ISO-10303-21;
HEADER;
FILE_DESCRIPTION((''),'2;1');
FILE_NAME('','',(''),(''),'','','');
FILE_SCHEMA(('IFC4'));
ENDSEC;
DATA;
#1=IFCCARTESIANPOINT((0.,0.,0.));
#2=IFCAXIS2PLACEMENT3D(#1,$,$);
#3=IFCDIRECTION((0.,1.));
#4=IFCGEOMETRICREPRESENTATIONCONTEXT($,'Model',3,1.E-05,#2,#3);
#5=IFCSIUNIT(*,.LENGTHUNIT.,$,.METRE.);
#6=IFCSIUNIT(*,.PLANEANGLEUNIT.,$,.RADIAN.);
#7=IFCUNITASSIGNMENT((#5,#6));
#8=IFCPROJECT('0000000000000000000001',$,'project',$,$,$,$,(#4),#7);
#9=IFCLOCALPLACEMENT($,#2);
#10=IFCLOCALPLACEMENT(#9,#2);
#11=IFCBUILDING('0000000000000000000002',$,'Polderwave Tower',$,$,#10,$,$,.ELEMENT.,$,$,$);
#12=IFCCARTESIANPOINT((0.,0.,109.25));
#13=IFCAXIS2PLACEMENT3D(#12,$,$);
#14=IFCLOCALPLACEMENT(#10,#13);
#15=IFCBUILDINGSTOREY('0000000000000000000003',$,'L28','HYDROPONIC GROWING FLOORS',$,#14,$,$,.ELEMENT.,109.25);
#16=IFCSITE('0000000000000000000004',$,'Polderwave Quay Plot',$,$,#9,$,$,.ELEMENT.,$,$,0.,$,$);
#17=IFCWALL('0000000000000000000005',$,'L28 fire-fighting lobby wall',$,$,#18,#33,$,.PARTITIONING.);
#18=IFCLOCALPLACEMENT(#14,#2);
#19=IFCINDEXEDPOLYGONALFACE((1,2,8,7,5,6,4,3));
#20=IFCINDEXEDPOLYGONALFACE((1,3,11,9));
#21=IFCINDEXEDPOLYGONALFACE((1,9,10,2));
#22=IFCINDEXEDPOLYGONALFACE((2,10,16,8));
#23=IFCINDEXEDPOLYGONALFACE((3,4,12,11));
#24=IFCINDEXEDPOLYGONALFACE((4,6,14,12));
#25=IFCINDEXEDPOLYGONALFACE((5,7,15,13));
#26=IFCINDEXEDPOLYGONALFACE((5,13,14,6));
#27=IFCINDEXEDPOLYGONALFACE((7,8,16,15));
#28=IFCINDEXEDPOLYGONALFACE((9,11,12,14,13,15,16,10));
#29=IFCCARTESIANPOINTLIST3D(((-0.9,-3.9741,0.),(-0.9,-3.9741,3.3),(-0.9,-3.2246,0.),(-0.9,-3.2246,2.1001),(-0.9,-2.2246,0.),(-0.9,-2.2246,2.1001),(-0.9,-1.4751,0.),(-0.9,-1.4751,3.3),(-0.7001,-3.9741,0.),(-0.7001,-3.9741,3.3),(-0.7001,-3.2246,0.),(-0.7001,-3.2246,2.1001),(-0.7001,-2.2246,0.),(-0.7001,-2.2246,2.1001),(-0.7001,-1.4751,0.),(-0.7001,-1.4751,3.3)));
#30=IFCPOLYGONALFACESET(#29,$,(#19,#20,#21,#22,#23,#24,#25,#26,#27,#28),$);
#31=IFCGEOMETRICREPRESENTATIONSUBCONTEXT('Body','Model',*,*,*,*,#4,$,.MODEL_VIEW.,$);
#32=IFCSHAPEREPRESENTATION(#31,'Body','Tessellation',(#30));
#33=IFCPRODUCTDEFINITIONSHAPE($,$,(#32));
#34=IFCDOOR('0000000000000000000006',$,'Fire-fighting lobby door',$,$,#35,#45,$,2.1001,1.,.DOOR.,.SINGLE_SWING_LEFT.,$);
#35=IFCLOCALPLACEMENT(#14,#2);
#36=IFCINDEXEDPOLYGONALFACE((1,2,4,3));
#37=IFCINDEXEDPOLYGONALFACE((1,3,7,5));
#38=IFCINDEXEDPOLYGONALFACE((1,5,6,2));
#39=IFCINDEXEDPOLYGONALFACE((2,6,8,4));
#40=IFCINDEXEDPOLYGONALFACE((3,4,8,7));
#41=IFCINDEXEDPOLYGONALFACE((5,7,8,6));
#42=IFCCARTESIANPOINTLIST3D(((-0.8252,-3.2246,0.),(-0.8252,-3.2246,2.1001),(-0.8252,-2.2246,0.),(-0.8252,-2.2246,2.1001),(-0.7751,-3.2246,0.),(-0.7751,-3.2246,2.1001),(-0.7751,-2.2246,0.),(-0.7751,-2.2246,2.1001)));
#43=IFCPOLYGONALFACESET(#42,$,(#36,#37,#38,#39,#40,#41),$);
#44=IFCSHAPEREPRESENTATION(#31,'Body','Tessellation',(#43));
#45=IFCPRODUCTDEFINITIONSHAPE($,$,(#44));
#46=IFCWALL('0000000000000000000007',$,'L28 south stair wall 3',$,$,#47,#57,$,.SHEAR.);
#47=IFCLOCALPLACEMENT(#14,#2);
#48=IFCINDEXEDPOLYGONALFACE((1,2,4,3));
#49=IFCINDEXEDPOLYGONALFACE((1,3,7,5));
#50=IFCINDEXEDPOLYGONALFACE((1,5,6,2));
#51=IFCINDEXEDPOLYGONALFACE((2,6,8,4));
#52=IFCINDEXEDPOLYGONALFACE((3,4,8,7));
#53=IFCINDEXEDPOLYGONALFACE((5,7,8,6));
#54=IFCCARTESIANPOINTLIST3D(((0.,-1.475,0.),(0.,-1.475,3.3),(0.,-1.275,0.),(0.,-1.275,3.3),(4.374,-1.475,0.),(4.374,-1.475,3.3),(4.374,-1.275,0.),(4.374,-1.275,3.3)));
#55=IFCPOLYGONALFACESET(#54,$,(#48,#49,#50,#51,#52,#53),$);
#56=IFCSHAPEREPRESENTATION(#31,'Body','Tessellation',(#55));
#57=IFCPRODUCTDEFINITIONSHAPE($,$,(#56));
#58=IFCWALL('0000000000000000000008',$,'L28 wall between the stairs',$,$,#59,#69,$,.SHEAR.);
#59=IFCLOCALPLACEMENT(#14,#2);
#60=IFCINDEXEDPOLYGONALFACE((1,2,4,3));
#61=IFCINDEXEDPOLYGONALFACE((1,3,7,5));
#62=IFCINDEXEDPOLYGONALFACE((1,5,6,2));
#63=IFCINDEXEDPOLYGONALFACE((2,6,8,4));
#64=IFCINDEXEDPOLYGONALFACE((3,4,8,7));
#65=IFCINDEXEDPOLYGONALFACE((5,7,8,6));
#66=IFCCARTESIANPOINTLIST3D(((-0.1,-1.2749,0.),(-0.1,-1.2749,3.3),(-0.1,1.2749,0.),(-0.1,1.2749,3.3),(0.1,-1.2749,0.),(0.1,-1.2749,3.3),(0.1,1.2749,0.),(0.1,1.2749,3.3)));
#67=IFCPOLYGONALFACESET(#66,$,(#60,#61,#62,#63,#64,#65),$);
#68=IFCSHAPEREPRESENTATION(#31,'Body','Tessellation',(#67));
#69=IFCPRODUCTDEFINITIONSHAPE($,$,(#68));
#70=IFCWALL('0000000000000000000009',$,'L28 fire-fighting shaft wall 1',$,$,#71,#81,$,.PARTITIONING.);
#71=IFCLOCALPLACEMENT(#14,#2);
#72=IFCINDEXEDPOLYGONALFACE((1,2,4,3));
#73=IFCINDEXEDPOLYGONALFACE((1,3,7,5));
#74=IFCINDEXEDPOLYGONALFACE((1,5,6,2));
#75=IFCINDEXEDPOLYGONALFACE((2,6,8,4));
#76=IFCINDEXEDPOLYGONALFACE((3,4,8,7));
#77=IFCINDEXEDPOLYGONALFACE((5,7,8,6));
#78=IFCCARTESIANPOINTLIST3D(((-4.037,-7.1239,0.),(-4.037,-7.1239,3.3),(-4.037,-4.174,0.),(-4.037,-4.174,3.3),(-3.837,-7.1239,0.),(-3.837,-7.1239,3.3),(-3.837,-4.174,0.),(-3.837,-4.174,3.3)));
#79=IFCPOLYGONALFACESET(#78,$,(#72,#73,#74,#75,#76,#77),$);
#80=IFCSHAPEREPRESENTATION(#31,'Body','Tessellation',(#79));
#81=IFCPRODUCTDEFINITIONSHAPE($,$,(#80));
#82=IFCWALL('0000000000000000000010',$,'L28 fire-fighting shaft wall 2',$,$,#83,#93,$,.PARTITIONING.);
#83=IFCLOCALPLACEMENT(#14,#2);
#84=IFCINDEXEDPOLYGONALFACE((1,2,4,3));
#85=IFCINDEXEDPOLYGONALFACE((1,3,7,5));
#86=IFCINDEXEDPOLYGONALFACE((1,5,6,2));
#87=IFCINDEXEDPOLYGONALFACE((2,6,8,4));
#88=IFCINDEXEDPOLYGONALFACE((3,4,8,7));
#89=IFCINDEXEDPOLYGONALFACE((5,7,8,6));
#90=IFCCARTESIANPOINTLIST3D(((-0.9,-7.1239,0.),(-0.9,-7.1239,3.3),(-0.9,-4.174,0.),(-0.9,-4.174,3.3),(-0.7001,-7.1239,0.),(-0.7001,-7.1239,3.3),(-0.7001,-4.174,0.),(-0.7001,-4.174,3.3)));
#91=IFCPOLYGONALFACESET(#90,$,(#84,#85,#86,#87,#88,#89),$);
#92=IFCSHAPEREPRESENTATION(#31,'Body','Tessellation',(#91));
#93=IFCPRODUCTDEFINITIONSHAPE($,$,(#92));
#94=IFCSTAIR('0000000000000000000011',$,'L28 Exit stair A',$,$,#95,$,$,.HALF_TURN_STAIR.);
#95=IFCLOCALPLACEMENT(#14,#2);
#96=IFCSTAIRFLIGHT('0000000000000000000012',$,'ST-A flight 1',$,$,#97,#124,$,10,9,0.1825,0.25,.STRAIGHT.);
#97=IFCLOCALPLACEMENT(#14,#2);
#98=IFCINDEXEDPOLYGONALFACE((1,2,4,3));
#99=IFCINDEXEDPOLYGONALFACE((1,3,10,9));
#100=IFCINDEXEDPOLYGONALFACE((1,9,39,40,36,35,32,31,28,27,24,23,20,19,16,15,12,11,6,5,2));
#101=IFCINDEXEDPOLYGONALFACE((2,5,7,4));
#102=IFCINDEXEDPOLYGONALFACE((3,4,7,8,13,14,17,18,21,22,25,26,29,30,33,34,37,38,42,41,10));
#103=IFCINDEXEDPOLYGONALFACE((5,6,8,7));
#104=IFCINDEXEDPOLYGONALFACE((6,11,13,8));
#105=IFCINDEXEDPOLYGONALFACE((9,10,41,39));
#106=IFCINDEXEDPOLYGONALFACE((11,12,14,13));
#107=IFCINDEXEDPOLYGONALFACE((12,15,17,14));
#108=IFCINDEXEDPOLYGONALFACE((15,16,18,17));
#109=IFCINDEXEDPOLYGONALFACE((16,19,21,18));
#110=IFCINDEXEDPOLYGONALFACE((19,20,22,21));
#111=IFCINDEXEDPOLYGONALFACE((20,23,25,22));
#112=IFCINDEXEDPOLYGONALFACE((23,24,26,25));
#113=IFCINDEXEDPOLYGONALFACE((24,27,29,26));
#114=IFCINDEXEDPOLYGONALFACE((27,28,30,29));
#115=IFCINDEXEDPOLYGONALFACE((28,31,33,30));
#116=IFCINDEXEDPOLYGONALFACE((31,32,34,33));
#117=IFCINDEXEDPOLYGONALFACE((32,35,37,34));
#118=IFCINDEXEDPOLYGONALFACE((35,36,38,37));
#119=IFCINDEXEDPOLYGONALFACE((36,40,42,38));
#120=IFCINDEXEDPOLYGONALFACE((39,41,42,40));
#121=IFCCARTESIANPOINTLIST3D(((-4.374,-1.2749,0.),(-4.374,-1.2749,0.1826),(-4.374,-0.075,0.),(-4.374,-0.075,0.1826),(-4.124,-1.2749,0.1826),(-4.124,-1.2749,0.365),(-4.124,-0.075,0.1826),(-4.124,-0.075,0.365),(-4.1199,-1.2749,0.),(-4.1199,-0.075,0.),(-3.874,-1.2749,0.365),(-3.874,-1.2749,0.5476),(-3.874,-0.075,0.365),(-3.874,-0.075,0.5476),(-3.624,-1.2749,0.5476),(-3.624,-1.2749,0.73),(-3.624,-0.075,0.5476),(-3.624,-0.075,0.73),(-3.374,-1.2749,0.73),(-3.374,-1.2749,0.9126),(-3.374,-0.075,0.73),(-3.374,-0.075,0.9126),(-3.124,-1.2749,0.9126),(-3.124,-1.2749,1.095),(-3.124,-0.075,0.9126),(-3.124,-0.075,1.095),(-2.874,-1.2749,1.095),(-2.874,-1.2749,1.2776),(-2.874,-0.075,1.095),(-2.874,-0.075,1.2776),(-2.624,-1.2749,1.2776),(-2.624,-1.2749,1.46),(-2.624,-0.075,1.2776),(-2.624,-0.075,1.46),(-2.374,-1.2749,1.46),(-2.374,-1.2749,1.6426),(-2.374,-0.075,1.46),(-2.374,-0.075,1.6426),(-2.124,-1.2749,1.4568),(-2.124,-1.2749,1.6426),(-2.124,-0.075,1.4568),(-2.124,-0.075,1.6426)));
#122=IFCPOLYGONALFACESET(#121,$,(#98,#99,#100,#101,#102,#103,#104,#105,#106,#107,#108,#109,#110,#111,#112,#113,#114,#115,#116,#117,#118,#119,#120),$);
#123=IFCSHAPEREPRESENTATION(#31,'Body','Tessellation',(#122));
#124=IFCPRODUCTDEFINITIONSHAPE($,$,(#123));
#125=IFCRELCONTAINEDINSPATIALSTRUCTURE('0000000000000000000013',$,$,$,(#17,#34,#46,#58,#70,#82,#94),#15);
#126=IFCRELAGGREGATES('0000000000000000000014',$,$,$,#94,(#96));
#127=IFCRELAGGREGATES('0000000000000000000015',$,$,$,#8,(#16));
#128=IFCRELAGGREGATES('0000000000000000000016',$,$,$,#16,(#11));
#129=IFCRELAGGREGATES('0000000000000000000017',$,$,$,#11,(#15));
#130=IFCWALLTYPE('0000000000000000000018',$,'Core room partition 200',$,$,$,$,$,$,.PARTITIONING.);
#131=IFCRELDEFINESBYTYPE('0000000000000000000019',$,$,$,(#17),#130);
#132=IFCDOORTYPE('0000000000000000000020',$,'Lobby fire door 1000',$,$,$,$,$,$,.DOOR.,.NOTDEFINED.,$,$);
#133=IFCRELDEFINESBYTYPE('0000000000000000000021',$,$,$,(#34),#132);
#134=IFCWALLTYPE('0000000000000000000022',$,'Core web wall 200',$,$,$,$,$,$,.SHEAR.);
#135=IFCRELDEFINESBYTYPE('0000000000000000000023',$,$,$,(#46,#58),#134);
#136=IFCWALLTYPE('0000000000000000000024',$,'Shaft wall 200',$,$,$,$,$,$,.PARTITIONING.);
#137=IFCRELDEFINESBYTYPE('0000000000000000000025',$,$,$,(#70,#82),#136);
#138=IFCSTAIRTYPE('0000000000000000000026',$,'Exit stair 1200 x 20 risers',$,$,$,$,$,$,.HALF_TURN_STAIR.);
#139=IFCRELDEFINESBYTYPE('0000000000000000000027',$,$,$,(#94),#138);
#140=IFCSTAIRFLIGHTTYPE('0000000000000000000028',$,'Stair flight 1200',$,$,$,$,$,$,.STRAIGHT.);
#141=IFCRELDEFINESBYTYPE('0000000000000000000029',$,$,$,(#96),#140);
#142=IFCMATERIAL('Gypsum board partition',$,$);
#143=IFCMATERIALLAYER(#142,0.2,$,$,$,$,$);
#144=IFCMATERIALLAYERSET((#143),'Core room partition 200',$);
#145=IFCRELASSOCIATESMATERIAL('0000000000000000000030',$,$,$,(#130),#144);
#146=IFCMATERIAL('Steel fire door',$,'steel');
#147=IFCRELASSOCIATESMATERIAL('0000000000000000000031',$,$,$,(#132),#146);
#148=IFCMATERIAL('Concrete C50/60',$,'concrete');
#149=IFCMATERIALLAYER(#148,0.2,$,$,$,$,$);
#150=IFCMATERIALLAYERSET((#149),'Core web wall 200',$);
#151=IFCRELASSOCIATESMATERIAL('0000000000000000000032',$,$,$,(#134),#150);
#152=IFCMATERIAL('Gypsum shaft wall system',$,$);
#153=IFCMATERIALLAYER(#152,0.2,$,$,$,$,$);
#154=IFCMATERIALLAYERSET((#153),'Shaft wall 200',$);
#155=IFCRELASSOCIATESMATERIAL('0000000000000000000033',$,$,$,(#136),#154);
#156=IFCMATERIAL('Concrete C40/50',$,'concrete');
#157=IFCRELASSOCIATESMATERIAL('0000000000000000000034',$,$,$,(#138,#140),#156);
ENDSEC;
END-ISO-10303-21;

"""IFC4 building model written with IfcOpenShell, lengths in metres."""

from ifc_helpers import new_model, si_unit, direction, frame, frame_2d, origin, place, context, subcontext, project, spatial, polyline, rectangle, outline, extrude, material, layer, layer_set, type_object, element, fill, aggregate, save


model = new_model("IFC4")

# Units and contexts
model_context = context("Model", 3, precision=1e-05, world=origin(), true_north=direction((0.0, 1.0)))
body_context = subcontext(model_context, "Body", "Model", "MODEL_VIEW")
ifc_project = project(units=[si_unit("LENGTHUNIT", "METRE"), si_unit("PLANEANGLEUNIT", "RADIAN")], contexts=[model_context])

# Site, building, storey
site_placement = place(None, origin())
site = spatial("IfcSite", under=ifc_project, at=site_placement, Name="Polderwave Quay Plot", CompositionType="ELEMENT", RefElevation=0.0)
building_placement = place(site_placement, origin())
building = spatial("IfcBuilding", under=site, at=building_placement, Name="Polderwave Tower", CompositionType="ELEMENT")
storey_placement = place(building_placement, frame((0.0, 0.0, 109.25)))
storey = spatial("IfcBuildingStorey", under=building, at=storey_placement, Name="L28", Description="HYDROPONIC GROWING FLOORS", CompositionType="ELEMENT", Elevation=109.25)

# Wall, opening, door
ifc_material_1 = material(Name="Gypsum board partition")
ifc_layer_1 = layer(ifc_material_1, 0.2)
ifc_layer_set_1 = layer_set([ifc_layer_1], Name="Core room partition 200")
wall_type_1 = type_object("IfcWallType", Name="Core room partition 200", PredefinedType="PARTITIONING", material=ifc_layer_set_1)
wall_1_placement = place(storey_placement, frame((-0.8, -3.9741, 0.0), z_axis=(0.0, 0.0, 1.0), x_axis=(0.0, 1.0, 0.0)))
wall_1 = element("IfcWall", 1, at=wall_1_placement, inside=storey, type_object=wall_type_1, Name="L28 fire-fighting lobby wall", PredefinedType="PARTITIONING", context=body_context, shape_type="SweptSolid", body=[
    extrude(rectangle(XDim=2.499, YDim=0.2, at=frame_2d((1.2495, 0.0))), origin(), (0.0, 0.0, 1.0), 3.3),
])
opening_placement = place(wall_1_placement, frame((0.7495, 0.0, 0.0)))
opening = element("IfcOpeningElement", 2, at=opening_placement, cuts=wall_1, PredefinedType="OPENING", context=body_context, shape_type="SweptSolid", body=[
    extrude(rectangle(XDim=1.0, YDim=2.1001, at=frame_2d((0.5, 1.05))), frame((0.0, 0.1099, 0.0), z_axis=(0.0, -1.0, 0.0), x_axis=(1.0, 0.0, 0.0)), (0.0, 0.0, 1.0), 0.22),
])
ifc_material_2 = material(Name="Steel fire door", Category="steel")
door_type = type_object("IfcDoorType", Name="Lobby fire door 1000", OperationType="NOTDEFINED", PredefinedType="DOOR", material=ifc_material_2)
door_placement = place(opening_placement, frame((1.0, 0.0, 0.0), z_axis=(0.0, 0.0, 1.0), x_axis=(-1.0, 0.0, 0.0)))
door = element("IfcDoor", 3, at=door_placement, inside=storey, type_object=door_type, Name="Fire-fighting lobby door", OperationType="SINGLE_SWING_LEFT", OverallHeight=2.1001, OverallWidth=1.0, PredefinedType="DOOR", context=body_context, shape_type="SweptSolid", body=[
    extrude(rectangle(XDim=1.0, YDim=2.1001, at=frame_2d((0.5, 1.05))), frame((0.0, 0.0249, 0.0), z_axis=(0.0, -1.0, 0.0), x_axis=(1.0, 0.0, 0.0)), (0.0, 0.0, 1.0), 0.05),
])
fill(opening, door)

# Walls
ifc_material_3 = material(Name="Concrete C50/60", Category="concrete")
ifc_layer_2 = layer(ifc_material_3, 0.2)
ifc_layer_set_2 = layer_set([ifc_layer_2], Name="Core web wall 200")
wall_type_2 = type_object("IfcWallType", Name="Core web wall 200", PredefinedType="SHEAR", material=ifc_layer_set_2)
wall_2_placement = place(storey_placement, frame((0.0, -1.375, 0.0), z_axis=(0.0, 0.0, 1.0), x_axis=(1.0, 0.0, 0.0)))
element("IfcWall", 4, at=wall_2_placement, inside=storey, type_object=wall_type_2, Name="L28 south stair wall 3", PredefinedType="SHEAR", context=body_context, shape_type="SweptSolid", body=[
    extrude(rectangle(XDim=4.374, YDim=0.2, at=frame_2d((2.187, 0.0))), origin(), (0.0, 0.0, 1.0), 3.3),
])
wall_3_placement = place(storey_placement, frame((0.0, -1.2749, 0.0), z_axis=(0.0, 0.0, 1.0), x_axis=(0.0, 1.0, 0.0)))
element("IfcWall", 5, at=wall_3_placement, inside=storey, type_object=wall_type_2, Name="L28 wall between the stairs", PredefinedType="SHEAR", context=body_context, shape_type="SweptSolid", body=[
    extrude(rectangle(XDim=2.5498, YDim=0.2, at=frame_2d((1.2749, 0.0))), origin(), (0.0, 0.0, 1.0), 3.3),
])
ifc_material_4 = material(Name="Gypsum shaft wall system")
ifc_layer_3 = layer(ifc_material_4, 0.2)
ifc_layer_set_3 = layer_set([ifc_layer_3], Name="Shaft wall 200")
wall_type_3 = type_object("IfcWallType", Name="Shaft wall 200", PredefinedType="PARTITIONING", material=ifc_layer_set_3)
for number, where, z_axis, x_axis, name in (
    (6, (-3.937, -7.124, 0.0), (0.0, 0.0, 1.0), (0.0, 1.0, 0.0), "L28 fire-fighting shaft wall 1"),
    (7, (-0.8, -7.124, 0.0), (0.0, 0.0, 1.0), (0.0, 1.0, 0.0), "L28 fire-fighting shaft wall 2"),
):
    element("IfcWall", number, at=place(storey_placement, frame(where, z_axis=z_axis, x_axis=x_axis)), inside=storey, type_object=wall_type_3, Name=name, PredefinedType="PARTITIONING", context=body_context, shape_type="SweptSolid", body=[
        extrude(rectangle(XDim=2.95, YDim=0.2, at=frame_2d((1.4751, 0.0))), origin(), (0.0, 0.0, 1.0), 3.3),
    ])

# Stair, stair flight
ifc_material_5 = material(Name="Concrete C40/50", Category="concrete")
stair_type = type_object("IfcStairType", Name="Exit stair 1200 x 20 risers", PredefinedType="HALF_TURN_STAIR", material=ifc_material_5)
stair_placement = place(storey_placement, origin())
stair = element("IfcStair", 8, at=stair_placement, inside=storey, type_object=stair_type, Name="L28 Exit stair A", PredefinedType="HALF_TURN_STAIR")
stair_flight_type = type_object("IfcStairFlightType", Name="Stair flight 1200", PredefinedType="STRAIGHT", material=ifc_material_5)
stair_flight_placement = place(storey_placement, frame((-4.374, -0.675, 0.0), z_axis=(0.0, 0.0, 1.0), x_axis=(1.0, 0.0, 0.0)))
stair_flight = element("IfcStairFlight", 9, at=stair_flight_placement, type_object=stair_flight_type, Name="ST-A flight 1", NumberOfRisers=10, NumberOfTreads=9, PredefinedType="STRAIGHT", RiserHeight=0.1825, TreadLength=0.25, context=body_context, shape_type="SweptSolid", body=[
    extrude(outline(polyline([(0.0, 0.0), (0.0, 0.1826), (0.25, 0.1826), (0.25, 0.365), (0.5, 0.365), (0.5, 0.5476), (0.75, 0.5476), (0.75, 0.73), (1.0, 0.73), (1.0, 0.9126), (1.25, 0.9126), (1.25, 1.095), (1.5, 1.095), (1.5, 1.2776), (1.75, 1.2776), (1.75, 1.46), (2.0, 1.46), (2.0, 1.6426), (2.25, 1.6426), (2.25, 1.825), (2.25, 1.4568), (0.2542, 0.0), (0.0, 0.0)])), frame((0.0, 0.6001, 0.0), z_axis=(0.0, -1.0, 0.0), x_axis=(1.0, 0.0, 0.0)), (0.0, 0.0, 1.0), 1.2),
])
aggregate(stair, [stair_flight])

save(model, "model.ifc")
